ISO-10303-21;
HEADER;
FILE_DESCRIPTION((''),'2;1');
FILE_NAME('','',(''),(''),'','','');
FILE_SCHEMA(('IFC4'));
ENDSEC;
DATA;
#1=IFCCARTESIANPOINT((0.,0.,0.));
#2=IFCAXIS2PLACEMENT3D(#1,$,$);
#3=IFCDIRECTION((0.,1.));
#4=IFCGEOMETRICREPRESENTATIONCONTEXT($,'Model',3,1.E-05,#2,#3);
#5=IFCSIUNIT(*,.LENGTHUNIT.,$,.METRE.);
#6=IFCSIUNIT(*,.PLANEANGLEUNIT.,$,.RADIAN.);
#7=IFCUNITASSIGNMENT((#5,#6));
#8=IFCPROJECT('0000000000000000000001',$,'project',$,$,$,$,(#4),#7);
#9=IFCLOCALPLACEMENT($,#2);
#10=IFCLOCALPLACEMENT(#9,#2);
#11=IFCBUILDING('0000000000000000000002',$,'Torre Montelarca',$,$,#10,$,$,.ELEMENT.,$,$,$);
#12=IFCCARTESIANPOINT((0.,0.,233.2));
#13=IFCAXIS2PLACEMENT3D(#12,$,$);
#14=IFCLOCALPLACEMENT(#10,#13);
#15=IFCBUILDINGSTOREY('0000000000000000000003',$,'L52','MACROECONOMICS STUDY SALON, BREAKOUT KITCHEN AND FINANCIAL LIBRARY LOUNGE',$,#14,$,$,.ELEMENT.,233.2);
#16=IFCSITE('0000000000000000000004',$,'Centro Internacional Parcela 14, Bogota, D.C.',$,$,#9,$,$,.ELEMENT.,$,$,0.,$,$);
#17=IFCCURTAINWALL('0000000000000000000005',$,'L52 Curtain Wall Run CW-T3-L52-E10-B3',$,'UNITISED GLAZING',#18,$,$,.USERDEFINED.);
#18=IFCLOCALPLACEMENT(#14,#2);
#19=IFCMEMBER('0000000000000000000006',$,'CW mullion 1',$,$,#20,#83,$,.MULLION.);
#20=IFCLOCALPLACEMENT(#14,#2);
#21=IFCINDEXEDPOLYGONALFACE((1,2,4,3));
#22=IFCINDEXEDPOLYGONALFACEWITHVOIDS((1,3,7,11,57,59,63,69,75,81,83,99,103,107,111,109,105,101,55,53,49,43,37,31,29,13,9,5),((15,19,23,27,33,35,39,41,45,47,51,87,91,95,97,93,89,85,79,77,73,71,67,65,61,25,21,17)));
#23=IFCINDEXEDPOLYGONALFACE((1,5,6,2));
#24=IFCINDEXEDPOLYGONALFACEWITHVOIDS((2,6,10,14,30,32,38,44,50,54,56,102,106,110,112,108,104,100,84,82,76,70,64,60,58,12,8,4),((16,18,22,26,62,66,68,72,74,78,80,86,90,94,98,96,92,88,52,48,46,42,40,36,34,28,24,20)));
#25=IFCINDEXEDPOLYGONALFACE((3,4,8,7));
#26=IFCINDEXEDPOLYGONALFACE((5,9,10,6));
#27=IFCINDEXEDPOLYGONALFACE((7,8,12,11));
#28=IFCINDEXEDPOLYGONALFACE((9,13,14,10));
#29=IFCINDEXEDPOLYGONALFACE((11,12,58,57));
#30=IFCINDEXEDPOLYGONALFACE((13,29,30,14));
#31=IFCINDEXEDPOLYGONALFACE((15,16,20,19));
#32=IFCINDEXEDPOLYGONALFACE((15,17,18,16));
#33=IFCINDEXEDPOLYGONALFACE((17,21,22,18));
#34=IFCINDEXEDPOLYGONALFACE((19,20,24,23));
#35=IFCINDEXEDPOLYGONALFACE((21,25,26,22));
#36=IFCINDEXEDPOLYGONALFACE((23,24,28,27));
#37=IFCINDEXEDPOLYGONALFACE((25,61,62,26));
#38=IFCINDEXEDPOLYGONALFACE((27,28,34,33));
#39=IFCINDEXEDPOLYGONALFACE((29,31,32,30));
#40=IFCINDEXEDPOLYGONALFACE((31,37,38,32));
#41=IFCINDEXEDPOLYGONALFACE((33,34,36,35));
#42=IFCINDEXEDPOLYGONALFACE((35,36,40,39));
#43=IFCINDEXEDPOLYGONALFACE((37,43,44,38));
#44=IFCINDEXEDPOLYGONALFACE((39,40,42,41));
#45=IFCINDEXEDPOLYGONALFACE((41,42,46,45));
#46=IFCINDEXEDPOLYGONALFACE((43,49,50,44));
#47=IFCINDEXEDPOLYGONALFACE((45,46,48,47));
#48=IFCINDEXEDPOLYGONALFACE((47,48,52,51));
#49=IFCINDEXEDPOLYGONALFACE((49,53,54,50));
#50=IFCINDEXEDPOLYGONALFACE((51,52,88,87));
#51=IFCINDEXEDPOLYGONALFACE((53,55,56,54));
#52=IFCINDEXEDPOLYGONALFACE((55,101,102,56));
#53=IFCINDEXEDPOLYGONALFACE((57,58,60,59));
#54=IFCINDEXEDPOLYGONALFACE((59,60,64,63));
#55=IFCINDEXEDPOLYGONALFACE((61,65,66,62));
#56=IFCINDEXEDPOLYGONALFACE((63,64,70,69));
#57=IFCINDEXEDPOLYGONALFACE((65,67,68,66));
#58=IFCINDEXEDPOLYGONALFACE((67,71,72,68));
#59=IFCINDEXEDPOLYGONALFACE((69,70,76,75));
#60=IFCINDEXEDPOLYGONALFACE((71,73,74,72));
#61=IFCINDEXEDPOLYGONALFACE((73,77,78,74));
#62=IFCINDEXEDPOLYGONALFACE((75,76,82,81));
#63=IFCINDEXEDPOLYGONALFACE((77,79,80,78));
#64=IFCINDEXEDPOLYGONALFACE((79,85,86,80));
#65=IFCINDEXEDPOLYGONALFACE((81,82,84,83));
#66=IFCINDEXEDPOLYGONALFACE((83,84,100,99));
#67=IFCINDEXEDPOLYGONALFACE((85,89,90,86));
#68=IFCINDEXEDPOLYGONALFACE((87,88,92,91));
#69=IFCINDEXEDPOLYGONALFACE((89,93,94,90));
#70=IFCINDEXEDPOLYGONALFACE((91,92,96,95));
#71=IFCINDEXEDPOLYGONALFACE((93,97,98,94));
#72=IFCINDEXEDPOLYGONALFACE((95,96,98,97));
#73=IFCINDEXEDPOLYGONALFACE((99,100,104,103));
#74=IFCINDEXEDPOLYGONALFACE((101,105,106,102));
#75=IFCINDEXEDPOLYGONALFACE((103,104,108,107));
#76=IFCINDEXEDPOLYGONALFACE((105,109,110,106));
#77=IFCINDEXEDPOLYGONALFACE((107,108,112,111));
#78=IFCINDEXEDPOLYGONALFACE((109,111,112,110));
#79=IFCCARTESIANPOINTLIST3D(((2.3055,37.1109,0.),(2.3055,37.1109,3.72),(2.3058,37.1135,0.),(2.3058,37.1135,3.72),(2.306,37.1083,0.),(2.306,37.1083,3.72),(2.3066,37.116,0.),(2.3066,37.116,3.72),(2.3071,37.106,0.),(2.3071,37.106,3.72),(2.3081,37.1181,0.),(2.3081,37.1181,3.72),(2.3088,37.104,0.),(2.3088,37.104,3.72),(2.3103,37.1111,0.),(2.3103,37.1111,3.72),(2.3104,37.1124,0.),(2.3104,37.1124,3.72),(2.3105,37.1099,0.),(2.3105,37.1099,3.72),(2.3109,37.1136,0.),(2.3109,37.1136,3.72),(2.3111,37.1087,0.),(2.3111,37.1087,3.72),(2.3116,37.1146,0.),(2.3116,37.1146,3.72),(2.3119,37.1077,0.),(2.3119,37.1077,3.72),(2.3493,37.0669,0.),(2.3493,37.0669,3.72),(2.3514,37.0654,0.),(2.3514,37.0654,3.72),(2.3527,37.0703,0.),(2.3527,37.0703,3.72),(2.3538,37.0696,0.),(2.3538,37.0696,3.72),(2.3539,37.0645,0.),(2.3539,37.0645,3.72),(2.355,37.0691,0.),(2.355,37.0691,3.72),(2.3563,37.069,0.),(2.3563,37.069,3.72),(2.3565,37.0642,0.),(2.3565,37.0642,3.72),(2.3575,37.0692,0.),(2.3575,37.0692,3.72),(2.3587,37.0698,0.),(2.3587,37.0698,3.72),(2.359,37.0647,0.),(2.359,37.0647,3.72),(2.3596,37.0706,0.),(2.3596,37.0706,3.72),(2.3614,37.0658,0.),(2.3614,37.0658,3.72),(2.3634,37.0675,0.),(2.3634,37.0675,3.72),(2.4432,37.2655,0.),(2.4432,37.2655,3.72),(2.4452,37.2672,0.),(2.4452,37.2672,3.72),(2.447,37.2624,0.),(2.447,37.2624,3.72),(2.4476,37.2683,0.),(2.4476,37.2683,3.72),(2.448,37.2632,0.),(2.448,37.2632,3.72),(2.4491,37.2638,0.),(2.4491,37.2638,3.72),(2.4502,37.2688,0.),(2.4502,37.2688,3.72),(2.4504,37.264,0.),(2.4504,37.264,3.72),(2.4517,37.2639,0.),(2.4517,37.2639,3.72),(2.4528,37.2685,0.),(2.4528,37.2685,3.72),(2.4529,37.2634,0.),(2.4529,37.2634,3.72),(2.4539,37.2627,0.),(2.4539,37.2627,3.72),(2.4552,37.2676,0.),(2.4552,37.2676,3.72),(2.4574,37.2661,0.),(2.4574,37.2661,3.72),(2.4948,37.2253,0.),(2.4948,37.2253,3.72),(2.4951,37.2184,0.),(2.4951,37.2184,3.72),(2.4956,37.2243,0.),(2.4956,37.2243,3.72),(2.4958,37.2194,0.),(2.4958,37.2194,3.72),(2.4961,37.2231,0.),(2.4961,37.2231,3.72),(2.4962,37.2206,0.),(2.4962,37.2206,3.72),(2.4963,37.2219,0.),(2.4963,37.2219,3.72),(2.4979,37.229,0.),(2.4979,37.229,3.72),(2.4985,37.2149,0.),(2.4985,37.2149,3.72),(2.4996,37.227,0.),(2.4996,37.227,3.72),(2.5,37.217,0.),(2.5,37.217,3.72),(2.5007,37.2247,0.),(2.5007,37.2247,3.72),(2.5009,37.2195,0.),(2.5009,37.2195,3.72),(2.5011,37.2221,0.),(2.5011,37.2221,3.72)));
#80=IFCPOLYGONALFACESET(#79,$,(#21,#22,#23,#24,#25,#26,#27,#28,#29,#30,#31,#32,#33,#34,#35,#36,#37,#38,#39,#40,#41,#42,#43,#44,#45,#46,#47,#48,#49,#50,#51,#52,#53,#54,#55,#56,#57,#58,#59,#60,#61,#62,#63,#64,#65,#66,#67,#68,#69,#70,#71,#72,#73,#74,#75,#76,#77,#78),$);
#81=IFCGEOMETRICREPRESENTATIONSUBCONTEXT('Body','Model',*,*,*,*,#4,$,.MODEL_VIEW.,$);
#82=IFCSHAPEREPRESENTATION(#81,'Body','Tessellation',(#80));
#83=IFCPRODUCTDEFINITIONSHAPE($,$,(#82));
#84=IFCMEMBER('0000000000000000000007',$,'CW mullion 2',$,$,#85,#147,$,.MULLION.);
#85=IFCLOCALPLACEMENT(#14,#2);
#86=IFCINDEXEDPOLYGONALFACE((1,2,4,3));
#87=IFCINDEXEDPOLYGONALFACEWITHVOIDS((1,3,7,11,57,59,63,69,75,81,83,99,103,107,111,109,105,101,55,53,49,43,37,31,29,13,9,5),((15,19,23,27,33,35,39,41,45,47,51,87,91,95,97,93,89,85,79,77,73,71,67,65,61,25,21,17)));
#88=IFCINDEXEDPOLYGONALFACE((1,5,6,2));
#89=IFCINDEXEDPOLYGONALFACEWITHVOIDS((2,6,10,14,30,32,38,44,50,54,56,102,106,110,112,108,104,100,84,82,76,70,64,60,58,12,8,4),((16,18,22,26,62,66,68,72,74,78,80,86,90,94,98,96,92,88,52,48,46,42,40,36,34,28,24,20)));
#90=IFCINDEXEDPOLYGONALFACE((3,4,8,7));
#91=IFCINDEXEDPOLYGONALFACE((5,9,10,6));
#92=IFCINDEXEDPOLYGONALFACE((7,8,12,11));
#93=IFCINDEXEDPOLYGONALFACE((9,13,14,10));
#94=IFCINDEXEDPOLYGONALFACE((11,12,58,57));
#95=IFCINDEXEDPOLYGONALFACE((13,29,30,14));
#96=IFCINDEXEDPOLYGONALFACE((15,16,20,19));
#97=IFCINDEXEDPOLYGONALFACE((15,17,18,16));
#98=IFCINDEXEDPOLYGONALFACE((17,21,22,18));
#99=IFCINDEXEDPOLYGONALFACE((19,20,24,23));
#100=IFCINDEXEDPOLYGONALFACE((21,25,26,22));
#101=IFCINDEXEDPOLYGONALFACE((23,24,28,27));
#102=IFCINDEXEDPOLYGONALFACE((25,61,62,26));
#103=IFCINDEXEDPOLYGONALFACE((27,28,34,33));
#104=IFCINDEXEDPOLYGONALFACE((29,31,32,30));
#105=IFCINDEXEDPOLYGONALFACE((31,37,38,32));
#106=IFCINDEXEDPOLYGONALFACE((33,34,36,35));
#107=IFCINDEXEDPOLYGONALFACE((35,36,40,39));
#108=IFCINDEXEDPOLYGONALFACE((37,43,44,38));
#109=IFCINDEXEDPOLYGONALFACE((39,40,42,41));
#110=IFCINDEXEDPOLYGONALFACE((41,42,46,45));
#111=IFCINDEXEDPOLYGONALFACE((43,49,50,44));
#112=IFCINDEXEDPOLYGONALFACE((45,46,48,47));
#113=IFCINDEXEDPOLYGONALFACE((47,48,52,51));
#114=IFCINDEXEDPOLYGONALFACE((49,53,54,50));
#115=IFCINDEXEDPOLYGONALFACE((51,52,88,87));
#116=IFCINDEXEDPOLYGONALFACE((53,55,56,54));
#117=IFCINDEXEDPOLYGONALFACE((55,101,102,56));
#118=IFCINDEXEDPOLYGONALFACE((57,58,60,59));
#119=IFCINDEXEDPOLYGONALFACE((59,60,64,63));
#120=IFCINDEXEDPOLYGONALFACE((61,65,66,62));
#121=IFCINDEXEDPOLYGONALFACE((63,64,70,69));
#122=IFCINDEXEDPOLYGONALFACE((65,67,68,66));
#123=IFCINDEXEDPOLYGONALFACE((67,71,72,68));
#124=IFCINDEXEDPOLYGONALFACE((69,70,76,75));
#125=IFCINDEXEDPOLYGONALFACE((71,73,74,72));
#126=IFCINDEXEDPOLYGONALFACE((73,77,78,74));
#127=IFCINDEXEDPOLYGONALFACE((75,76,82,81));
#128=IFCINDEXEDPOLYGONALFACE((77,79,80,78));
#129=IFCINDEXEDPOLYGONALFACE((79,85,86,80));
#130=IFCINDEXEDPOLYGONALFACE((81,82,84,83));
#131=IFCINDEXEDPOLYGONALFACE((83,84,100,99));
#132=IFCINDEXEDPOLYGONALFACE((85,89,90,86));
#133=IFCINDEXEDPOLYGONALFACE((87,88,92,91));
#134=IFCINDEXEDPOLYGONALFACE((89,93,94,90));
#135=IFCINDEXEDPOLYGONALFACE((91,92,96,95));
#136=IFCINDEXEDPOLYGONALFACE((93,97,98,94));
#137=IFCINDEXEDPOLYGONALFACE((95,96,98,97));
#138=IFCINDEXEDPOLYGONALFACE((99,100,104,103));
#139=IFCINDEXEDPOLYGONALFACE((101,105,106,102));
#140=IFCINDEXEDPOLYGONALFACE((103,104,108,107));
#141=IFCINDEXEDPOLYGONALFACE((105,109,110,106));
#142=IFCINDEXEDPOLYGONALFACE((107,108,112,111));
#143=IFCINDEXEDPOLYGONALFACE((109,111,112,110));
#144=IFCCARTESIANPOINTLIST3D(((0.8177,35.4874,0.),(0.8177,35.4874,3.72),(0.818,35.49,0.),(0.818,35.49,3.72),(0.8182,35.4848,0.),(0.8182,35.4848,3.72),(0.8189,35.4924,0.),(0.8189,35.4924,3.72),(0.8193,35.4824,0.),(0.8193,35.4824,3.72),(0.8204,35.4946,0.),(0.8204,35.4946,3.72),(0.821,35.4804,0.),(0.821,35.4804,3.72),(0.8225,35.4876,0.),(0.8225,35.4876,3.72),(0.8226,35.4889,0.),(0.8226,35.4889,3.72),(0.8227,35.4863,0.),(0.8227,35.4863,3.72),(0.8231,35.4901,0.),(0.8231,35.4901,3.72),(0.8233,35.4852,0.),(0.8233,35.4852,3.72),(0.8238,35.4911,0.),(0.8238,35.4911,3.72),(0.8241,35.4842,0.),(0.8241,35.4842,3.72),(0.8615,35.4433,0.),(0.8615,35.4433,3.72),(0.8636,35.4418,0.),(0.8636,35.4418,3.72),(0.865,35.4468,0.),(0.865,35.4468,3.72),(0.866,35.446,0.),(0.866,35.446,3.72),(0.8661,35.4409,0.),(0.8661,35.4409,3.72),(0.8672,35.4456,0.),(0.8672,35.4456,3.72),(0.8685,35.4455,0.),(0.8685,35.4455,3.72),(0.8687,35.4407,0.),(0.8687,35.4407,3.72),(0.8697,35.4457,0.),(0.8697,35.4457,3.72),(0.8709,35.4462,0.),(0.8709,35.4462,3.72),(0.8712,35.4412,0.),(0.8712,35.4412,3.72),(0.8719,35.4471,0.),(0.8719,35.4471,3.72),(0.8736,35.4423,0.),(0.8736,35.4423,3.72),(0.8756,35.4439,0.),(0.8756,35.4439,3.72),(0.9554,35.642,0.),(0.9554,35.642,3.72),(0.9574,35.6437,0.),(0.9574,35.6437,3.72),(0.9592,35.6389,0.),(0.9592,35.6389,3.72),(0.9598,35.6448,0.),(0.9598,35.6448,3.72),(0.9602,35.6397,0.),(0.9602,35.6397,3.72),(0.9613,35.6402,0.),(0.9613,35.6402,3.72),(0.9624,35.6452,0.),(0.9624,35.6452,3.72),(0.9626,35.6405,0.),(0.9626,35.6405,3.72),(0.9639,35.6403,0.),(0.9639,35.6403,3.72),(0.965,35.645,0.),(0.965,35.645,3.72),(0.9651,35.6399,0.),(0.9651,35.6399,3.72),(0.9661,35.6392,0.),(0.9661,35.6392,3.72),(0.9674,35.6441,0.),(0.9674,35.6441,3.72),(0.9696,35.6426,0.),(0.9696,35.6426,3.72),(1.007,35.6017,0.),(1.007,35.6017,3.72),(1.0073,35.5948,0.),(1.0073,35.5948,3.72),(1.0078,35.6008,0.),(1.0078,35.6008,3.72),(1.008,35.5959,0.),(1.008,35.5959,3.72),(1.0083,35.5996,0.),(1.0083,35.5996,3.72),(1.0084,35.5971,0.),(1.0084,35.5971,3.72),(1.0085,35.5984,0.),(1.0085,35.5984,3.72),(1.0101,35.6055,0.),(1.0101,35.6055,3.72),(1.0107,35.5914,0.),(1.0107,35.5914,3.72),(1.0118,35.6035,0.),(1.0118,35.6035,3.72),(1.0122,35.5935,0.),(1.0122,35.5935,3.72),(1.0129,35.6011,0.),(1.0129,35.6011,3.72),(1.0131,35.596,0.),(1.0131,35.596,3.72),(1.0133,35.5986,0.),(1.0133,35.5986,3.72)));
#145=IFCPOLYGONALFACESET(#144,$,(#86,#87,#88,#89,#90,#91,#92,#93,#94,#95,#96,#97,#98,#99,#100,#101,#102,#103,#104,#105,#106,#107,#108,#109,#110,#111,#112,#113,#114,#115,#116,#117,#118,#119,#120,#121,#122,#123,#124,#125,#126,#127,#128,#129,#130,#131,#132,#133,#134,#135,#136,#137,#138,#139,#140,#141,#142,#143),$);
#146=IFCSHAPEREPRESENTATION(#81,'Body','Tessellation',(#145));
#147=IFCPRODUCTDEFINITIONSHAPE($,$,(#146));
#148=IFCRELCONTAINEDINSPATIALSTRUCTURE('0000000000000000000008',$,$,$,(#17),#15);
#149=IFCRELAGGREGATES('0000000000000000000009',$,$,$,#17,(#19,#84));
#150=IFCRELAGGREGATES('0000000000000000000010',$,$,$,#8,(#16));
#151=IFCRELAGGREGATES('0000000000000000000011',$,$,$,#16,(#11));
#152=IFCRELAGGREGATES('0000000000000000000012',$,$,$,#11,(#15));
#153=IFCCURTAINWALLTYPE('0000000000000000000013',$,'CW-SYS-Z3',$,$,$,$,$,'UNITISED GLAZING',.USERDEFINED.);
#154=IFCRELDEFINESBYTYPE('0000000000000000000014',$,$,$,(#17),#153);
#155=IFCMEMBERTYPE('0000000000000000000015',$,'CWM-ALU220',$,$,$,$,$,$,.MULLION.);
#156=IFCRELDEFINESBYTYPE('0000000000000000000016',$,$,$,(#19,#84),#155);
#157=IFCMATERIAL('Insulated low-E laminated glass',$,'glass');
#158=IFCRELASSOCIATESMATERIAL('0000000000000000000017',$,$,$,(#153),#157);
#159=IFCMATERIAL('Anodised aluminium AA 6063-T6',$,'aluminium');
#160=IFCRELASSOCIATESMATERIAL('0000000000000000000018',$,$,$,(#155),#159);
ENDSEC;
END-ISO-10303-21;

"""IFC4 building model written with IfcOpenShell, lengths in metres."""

from ifc_helpers import new_model, si_unit, direction, frame, origin, origin_2d, place, context, subcontext, project, spatial, hollow_rectangle, extrude, source, transform, mapped, material, material_profile, profile_set, type_object, element, aggregate, save


model = new_model("IFC4")

# Units and contexts
model_context = context("Model", 3, precision=1e-05, world=origin(), true_north=direction((0.0, 1.0)))
body_context = subcontext(model_context, "Body", "Model", "MODEL_VIEW")
ifc_project = project(units=[si_unit("LENGTHUNIT", "METRE"), si_unit("PLANEANGLEUNIT", "RADIAN")], contexts=[model_context])

# Site, building, storey
site_placement = place(None, origin())
site = spatial("IfcSite", under=ifc_project, at=site_placement, Name="Centro Internacional Parcela 14, Bogota, D.C.", CompositionType="ELEMENT", RefElevation=0.0)
building_placement = place(site_placement, origin())
building = spatial("IfcBuilding", under=site, at=building_placement, Name="Torre Montelarca", CompositionType="ELEMENT")
storey_placement = place(building_placement, frame((0.0, 0.0, 233.2)))
storey = spatial("IfcBuildingStorey", under=building, at=storey_placement, Name="L52", Description="MACROECONOMICS STUDY SALON, BREAKOUT KITCHEN AND FINANCIAL LIBRARY LOUNGE", CompositionType="ELEMENT", Elevation=233.2)

# Curtain wall, members
ifc_material_1 = material(Name="Insulated low-E laminated glass", Category="glass")
curtain_wall_type = type_object("IfcCurtainWallType", Name="CW-SYS-Z3", ElementType="UNITISED GLAZING", PredefinedType="USERDEFINED", material=ifc_material_1)
curtain_wall_placement = place(storey_placement, origin())
curtain_wall = element("IfcCurtainWall", 1, at=curtain_wall_placement, inside=storey, type_object=curtain_wall_type, Name="L52 Curtain Wall Run CW-T3-L52-E10-B3", ObjectType="UNITISED GLAZING", PredefinedType="USERDEFINED")
ifc_material_2 = material(Name="Anodised aluminium AA 6063-T6", Category="aluminium")
ifc_material_profile_1 = material_profile(ifc_material_2, hollow_rectangle(XDim=0.075, YDim=0.22, WallThickness=0.0049, InnerFilletRadius=0.0049, OuterFilletRadius=0.01, at=origin_2d()), Name="ALU75X220X5", Category="aluminium")
ifc_profile_set_1 = profile_set([ifc_material_profile_1], Name="Anodised aluminium AA 6063-T6")
member_type_1 = type_object("IfcMemberType", Name="CWM-ALU220", PredefinedType="MULLION", material=ifc_profile_set_1)
shared_shape_1 = source(origin(), body_context, "Body", "SweptSolid", [
    extrude(hollow_rectangle(XDim=0.075, YDim=0.22, WallThickness=0.0049, InnerFilletRadius=0.0049, OuterFilletRadius=0.01, at=origin_2d()), origin(), (0.0, 0.0, 1.0), 3.72),
])
member_1_placement = place(storey_placement, frame((2.4033, 37.1665, 0.0), z_axis=(0.0, 0.0, 1.0), x_axis=(0.737287, -0.67558, 0.0)))
member_1 = element("IfcMember", 2, at=member_1_placement, type_object=member_type_1, Name="CW mullion 1", PredefinedType="MULLION", context=body_context, shape_type="MappedRepresentation", body=[
    mapped(shared_shape_1, transform((0.0, 0.0, 0.0), scale=1.0)),
])
member_2_placement = place(storey_placement, frame((0.9155, 35.543, 0.0), z_axis=(0.0, 0.0, 1.0), x_axis=(0.737287, -0.67558, 0.0)))
member_2 = element("IfcMember", 3, at=member_2_placement, type_object=member_type_1, Name="CW mullion 2", PredefinedType="MULLION", context=body_context, shape_type="MappedRepresentation", body=[
    mapped(shared_shape_1, transform((0.0, 0.0, 0.0), scale=1.0)),
])
aggregate(curtain_wall, [member_1, member_2])

save(model, "model.ifc")
